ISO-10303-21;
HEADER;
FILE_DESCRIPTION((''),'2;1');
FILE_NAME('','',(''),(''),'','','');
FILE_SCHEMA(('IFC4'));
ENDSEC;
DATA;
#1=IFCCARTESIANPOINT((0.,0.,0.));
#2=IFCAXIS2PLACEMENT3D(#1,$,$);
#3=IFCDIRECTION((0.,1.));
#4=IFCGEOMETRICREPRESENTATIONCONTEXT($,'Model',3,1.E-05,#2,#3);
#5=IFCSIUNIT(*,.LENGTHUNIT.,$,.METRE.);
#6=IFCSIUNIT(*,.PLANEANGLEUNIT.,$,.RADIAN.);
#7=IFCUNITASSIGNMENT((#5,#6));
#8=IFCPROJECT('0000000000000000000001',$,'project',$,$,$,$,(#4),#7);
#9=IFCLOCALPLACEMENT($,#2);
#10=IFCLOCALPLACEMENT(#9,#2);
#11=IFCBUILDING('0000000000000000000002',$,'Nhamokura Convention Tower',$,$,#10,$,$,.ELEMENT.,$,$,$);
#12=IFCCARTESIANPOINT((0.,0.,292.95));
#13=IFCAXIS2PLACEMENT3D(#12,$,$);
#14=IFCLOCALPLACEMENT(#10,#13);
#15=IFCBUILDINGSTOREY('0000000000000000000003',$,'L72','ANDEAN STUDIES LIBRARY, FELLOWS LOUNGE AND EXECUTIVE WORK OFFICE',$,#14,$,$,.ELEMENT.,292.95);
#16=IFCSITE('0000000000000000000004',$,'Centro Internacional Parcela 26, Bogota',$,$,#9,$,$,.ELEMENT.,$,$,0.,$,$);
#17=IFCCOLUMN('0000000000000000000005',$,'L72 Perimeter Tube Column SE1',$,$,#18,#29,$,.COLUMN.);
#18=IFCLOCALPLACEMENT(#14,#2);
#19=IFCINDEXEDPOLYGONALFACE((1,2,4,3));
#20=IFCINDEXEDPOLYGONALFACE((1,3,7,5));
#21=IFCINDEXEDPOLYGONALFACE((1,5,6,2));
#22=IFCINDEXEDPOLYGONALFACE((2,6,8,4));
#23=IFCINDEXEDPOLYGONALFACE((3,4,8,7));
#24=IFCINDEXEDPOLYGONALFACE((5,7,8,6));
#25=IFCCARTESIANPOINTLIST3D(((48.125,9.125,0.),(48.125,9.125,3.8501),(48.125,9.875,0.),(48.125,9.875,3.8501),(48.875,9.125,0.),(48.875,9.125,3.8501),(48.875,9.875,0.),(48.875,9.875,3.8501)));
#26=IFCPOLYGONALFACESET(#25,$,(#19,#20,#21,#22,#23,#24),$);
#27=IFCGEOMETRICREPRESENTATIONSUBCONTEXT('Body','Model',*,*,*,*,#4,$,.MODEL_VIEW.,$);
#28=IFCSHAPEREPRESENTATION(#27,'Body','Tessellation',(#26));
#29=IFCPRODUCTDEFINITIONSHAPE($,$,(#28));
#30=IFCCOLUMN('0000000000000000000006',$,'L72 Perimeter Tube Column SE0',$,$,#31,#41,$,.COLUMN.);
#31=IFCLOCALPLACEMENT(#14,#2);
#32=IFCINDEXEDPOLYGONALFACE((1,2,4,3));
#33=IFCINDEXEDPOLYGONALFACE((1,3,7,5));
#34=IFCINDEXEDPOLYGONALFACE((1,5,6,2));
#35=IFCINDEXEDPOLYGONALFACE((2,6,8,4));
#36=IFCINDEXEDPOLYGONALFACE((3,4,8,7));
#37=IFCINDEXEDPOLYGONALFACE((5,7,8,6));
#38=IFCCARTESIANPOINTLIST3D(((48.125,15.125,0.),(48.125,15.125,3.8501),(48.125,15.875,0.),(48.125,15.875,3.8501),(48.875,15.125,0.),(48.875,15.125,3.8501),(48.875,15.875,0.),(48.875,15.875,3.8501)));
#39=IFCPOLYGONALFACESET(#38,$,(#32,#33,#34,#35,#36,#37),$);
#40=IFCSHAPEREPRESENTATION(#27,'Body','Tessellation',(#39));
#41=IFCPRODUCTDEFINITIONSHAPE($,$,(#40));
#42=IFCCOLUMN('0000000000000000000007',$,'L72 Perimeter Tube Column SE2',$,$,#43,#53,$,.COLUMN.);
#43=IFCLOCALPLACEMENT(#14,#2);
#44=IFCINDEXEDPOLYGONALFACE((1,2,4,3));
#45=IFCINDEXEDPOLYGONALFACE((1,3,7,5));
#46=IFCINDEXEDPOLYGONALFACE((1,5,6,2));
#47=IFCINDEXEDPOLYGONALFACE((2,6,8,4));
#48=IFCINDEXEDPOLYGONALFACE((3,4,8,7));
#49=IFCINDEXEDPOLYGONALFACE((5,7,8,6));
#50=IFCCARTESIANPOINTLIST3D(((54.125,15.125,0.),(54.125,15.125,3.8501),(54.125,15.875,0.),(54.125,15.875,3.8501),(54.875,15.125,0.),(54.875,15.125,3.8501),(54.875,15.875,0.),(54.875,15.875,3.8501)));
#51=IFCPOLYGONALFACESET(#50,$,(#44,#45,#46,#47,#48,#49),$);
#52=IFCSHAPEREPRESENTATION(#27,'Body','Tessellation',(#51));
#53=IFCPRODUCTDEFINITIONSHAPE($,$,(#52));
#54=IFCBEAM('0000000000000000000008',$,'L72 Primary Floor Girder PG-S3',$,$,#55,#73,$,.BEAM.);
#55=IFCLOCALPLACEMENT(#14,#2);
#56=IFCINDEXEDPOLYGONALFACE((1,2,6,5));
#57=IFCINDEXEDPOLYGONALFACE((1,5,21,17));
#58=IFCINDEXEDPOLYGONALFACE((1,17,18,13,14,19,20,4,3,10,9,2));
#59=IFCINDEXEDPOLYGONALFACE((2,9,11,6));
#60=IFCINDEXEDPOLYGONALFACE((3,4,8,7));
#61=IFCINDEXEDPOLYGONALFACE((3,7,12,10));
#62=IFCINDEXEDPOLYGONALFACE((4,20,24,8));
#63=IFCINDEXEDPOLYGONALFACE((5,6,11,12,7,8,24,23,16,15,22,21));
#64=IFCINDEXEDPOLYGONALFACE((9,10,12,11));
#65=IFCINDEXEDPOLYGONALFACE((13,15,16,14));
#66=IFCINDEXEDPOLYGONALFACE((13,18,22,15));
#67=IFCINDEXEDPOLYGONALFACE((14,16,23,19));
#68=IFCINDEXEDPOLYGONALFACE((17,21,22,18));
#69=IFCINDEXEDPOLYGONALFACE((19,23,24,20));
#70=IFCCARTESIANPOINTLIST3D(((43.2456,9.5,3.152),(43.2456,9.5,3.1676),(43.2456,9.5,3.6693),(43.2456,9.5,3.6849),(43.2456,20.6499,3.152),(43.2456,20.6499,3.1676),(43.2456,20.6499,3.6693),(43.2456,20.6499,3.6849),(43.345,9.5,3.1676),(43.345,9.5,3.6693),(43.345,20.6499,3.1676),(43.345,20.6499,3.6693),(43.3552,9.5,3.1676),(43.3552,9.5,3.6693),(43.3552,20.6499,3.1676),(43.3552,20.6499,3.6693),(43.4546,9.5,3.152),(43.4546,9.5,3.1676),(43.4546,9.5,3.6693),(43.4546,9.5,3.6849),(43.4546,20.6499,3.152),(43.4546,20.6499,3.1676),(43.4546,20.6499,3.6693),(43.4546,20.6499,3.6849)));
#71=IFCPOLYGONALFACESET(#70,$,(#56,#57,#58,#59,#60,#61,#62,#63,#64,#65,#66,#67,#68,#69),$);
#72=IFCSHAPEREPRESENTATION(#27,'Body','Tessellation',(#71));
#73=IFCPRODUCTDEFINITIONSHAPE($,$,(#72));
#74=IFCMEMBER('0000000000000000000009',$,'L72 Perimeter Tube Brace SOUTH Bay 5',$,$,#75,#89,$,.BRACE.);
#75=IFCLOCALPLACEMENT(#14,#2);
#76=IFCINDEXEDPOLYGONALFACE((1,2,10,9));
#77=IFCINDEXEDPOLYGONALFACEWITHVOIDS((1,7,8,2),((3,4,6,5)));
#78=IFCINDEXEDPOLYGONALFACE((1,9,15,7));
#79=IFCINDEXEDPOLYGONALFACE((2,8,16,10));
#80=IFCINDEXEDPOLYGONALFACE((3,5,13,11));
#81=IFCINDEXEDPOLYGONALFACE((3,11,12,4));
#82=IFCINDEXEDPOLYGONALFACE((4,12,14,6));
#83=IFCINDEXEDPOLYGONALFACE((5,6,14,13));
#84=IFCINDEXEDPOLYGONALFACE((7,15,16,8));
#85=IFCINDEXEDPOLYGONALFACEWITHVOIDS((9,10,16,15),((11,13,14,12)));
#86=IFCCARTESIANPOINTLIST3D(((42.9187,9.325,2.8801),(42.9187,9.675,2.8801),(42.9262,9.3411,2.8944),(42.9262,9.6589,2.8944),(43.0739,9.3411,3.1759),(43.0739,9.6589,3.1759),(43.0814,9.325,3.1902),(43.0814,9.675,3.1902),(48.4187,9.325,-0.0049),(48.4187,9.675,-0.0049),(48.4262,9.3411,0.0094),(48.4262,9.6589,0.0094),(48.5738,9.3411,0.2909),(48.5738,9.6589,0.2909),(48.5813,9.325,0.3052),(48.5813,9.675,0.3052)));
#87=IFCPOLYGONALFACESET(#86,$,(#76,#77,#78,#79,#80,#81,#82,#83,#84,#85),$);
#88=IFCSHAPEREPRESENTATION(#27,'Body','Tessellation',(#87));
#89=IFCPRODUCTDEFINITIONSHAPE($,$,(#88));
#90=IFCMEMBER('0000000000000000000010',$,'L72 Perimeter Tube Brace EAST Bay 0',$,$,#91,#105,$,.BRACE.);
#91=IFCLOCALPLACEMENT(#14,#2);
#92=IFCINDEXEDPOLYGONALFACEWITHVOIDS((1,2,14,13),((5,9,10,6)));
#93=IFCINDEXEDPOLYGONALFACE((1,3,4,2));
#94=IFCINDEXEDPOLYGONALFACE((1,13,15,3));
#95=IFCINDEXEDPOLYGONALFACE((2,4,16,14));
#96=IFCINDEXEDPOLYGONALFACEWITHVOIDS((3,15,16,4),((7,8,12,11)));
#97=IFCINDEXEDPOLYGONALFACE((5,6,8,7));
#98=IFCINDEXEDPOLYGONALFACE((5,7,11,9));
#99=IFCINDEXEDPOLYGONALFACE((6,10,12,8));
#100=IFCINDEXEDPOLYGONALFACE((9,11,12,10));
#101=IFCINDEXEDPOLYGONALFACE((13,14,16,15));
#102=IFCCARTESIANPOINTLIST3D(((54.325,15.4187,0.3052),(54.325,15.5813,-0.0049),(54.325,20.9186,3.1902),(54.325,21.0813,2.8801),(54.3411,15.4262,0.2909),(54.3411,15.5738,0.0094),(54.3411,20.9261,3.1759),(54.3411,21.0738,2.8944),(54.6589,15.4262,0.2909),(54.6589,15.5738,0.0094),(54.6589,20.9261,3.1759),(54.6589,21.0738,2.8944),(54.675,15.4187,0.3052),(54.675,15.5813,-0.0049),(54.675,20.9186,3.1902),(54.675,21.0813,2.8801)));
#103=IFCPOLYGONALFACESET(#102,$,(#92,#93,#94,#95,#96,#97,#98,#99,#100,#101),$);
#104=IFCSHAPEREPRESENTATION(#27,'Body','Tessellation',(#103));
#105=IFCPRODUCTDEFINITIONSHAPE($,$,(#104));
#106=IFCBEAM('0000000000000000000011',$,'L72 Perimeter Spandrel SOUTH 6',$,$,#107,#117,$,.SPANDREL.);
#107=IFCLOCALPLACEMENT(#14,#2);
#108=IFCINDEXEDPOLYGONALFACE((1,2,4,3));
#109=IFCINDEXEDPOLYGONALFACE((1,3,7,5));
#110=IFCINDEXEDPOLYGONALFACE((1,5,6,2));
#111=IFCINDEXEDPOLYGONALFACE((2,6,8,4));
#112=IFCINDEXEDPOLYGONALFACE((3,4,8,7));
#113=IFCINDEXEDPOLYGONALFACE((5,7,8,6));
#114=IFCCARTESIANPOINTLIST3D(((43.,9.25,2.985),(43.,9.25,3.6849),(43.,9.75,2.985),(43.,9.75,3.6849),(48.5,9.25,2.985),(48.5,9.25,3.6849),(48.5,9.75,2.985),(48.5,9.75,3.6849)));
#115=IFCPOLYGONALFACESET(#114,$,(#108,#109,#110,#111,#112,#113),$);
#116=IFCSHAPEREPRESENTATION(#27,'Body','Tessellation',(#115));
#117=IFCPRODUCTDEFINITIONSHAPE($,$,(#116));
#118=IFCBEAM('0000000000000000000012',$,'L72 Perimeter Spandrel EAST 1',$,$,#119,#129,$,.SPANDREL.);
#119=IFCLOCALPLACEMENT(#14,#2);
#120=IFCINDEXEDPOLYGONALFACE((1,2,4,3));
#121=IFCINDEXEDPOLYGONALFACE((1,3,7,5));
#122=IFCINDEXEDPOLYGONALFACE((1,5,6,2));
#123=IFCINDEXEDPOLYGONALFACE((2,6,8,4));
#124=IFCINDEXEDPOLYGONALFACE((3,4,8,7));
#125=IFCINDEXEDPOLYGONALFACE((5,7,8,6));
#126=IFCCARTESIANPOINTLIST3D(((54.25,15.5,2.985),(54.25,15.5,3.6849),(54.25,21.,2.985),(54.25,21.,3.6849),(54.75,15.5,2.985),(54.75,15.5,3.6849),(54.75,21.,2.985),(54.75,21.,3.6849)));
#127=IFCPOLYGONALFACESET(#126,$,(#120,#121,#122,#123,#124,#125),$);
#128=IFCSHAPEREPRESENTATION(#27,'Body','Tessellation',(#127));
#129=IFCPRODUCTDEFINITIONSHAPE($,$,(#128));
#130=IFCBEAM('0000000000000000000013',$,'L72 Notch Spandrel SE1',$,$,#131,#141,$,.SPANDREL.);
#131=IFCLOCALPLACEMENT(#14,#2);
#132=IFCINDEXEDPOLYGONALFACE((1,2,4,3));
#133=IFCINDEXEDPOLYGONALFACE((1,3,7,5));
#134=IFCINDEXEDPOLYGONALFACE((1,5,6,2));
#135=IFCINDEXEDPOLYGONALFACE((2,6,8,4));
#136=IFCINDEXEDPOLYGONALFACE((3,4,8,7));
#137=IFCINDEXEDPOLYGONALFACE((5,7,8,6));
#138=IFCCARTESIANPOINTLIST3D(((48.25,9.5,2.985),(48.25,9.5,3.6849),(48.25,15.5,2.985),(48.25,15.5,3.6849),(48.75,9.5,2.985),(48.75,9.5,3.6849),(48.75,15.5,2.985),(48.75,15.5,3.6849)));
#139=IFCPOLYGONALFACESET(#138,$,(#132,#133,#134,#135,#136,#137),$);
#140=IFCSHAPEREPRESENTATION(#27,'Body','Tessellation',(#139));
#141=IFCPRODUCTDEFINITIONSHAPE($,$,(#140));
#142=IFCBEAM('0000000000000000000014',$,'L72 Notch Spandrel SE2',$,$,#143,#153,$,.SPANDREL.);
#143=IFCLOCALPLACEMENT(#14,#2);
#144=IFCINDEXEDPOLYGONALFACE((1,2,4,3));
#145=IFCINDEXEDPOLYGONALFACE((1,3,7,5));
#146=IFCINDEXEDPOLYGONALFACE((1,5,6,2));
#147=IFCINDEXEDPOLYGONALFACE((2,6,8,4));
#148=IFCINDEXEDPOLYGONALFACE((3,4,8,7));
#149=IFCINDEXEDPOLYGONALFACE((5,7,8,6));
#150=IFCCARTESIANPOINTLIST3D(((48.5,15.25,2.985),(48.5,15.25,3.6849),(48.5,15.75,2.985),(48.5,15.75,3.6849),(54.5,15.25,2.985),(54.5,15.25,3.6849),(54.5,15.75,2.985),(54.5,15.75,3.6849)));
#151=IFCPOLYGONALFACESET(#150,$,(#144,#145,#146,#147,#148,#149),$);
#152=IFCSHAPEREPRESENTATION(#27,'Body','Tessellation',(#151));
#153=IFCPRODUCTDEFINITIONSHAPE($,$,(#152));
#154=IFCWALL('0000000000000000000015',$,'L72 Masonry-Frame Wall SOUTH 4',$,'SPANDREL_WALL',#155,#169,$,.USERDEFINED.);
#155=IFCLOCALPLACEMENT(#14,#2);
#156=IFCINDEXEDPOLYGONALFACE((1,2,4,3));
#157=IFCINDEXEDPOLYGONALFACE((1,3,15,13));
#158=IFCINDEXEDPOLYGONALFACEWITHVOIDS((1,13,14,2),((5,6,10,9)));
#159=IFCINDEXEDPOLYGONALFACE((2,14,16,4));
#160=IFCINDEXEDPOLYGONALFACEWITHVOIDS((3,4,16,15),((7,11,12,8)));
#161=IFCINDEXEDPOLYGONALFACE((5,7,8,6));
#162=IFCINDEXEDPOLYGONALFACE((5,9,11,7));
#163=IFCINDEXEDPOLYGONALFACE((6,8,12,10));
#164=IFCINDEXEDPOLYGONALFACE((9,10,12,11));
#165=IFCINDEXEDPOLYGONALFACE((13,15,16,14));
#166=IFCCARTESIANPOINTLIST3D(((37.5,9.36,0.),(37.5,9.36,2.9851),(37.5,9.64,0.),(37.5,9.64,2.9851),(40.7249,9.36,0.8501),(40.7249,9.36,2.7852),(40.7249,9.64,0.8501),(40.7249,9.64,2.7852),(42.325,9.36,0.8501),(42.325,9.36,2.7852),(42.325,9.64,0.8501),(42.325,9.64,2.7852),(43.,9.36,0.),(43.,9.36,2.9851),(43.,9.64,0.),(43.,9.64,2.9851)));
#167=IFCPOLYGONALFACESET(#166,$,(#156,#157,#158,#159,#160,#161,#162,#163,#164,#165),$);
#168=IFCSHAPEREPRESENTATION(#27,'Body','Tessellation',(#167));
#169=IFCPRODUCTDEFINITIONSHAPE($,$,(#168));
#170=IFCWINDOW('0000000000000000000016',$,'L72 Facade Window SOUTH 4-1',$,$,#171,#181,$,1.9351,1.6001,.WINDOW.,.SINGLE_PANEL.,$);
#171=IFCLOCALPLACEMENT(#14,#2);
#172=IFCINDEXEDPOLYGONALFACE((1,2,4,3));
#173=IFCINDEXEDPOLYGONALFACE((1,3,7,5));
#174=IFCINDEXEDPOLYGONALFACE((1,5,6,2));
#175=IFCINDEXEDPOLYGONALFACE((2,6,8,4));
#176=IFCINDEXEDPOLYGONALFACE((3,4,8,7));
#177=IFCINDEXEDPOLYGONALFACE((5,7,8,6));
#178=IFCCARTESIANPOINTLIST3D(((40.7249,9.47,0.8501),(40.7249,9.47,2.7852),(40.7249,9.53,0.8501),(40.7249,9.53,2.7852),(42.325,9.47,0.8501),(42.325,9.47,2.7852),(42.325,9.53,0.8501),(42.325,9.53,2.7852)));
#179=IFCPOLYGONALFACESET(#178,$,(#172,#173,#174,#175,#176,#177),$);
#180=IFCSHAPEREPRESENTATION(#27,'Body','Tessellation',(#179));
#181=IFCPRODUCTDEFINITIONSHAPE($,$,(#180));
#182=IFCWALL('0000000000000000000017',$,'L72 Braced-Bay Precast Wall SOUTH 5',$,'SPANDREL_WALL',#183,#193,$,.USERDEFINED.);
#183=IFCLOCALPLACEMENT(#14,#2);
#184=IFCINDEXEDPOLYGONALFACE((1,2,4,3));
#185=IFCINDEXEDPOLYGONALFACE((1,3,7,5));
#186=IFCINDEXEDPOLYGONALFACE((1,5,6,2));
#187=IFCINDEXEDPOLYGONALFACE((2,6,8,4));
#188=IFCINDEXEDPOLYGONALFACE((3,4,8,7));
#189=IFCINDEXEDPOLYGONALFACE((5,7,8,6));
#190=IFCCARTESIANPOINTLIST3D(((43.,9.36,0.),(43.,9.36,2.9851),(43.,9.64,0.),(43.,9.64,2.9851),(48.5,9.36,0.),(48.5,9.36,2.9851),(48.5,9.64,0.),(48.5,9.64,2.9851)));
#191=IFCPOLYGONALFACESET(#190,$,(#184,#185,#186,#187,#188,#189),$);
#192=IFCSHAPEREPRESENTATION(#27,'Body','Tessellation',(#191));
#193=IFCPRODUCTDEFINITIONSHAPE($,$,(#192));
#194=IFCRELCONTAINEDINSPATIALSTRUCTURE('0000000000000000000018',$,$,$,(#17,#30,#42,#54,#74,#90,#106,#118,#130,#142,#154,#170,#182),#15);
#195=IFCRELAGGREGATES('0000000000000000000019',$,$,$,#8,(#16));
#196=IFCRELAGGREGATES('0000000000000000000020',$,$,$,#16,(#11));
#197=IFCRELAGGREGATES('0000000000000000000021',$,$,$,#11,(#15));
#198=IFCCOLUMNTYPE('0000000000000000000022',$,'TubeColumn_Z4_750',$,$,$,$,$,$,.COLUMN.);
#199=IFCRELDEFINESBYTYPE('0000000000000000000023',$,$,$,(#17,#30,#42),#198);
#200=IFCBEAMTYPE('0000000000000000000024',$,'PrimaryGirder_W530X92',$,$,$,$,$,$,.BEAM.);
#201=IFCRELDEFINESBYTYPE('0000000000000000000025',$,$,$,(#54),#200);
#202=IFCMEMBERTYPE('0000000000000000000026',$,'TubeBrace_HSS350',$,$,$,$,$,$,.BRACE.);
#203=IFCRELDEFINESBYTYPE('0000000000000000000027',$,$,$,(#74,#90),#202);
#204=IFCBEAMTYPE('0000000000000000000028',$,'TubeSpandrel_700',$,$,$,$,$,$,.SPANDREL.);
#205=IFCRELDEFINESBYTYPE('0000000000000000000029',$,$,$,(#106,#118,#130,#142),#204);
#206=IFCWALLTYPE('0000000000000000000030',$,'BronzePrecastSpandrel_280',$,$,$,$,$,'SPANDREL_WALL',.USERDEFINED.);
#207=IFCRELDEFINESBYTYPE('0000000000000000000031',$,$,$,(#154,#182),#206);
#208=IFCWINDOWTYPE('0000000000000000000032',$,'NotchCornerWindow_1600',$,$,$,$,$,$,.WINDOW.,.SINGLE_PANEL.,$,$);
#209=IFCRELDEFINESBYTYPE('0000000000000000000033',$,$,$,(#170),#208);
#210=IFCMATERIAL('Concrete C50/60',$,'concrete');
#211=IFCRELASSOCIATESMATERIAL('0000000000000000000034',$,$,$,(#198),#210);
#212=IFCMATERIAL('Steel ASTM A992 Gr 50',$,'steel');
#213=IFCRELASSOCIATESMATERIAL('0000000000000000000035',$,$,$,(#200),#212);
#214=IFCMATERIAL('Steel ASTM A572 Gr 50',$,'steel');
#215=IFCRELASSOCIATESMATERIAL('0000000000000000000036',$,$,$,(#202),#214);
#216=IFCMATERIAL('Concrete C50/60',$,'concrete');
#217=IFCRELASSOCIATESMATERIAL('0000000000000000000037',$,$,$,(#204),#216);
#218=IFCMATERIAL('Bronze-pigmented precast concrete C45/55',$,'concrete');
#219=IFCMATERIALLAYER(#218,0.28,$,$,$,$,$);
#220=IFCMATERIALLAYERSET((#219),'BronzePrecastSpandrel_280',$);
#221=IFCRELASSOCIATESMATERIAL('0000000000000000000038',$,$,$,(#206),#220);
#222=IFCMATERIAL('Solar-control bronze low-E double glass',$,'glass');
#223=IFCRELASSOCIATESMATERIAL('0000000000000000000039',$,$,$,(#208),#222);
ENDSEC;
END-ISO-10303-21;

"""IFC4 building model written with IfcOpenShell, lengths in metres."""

from ifc_helpers import new_model, si_unit, direction, frame, frame_2d, origin, origin_2d, place, context, subcontext, project, spatial, rectangle, hollow_rectangle, i_section, extrude, material, layer, layer_set, material_profile, profile_set, type_object, element, fill, save


model = new_model("IFC4")

# Units and contexts
model_context = context("Model", 3, precision=1e-05, world=origin(), true_north=direction((0.0, 1.0)))
body_context = subcontext(model_context, "Body", "Model", "MODEL_VIEW")
ifc_project = project(units=[si_unit("LENGTHUNIT", "METRE"), si_unit("PLANEANGLEUNIT", "RADIAN")], contexts=[model_context])

# Site, building, storey
site_placement = place(None, origin())
site = spatial("IfcSite", under=ifc_project, at=site_placement, Name="Centro Internacional Parcela 26, Bogota", CompositionType="ELEMENT", RefElevation=0.0)
building_placement = place(site_placement, origin())
building = spatial("IfcBuilding", under=site, at=building_placement, Name="Nhamokura Convention Tower", CompositionType="ELEMENT")
storey_placement = place(building_placement, frame((0.0, 0.0, 292.95)))
storey = spatial("IfcBuildingStorey", under=building, at=storey_placement, Name="L72", Description="ANDEAN STUDIES LIBRARY, FELLOWS LOUNGE AND EXECUTIVE WORK OFFICE", CompositionType="ELEMENT", Elevation=292.95)

# Columns
ifc_material_1 = material(Name="Concrete C50/60", Category="concrete")
ifc_material_profile_1 = material_profile(ifc_material_1, rectangle(XDim=0.75, YDim=0.75, at=origin_2d()))
ifc_profile_set_1 = profile_set([ifc_material_profile_1], Name="Concrete C50/60")
column_type = type_object("IfcColumnType", Name="TubeColumn_Z4_750", PredefinedType="COLUMN", material=ifc_profile_set_1)
for number, where, z_axis, x_axis, name in (
    (1, (48.5, 9.5, 0.0), (0.0, 0.0, 1.0), (1.0, 0.0, 0.0), "L72 Perimeter Tube Column SE1"),
    (2, (48.5, 15.5, 0.0), (0.0, 0.0, 1.0), (1.0, 0.0, 0.0), "L72 Perimeter Tube Column SE0"),
    (3, (54.5, 15.5, 0.0), (0.0, 0.0, 1.0), (1.0, 0.0, 0.0), "L72 Perimeter Tube Column SE2"),
):
    element("IfcColumn", number, at=place(storey_placement, frame(where, z_axis=z_axis, x_axis=x_axis)), inside=storey, type_object=column_type, Name=name, PredefinedType="COLUMN", context=body_context, shape_type="SweptSolid", body=[
        extrude(rectangle(XDim=0.75, YDim=0.75, at=origin_2d()), origin(), (0.0, 0.0, 1.0), 3.8501),
    ])

# Beam
ifc_material_2 = material(Name="Steel ASTM A992 Gr 50", Category="steel")
ifc_material_profile_2 = material_profile(ifc_material_2, i_section(OverallWidth=0.209, OverallDepth=0.533, WebThickness=0.0103, FlangeThickness=0.0156, at=origin_2d()))
ifc_profile_set_2 = profile_set([ifc_material_profile_2], Name="Steel ASTM A992 Gr 50")
beam_type_1 = type_object("IfcBeamType", Name="PrimaryGirder_W530X92", PredefinedType="BEAM", material=ifc_profile_set_2)
beam_placement = place(storey_placement, frame((43.3501, 9.5, 3.4185), z_axis=(0.0, 1.0, 0.0), x_axis=(-1.0, 0.0, 0.0)))
element("IfcBeam", 4, at=beam_placement, inside=storey, type_object=beam_type_1, Name="L72 Primary Floor Girder PG-S3", PredefinedType="BEAM", context=body_context, shape_type="SweptSolid", body=[
    extrude(i_section(OverallWidth=0.209, OverallDepth=0.533, WebThickness=0.0103, FlangeThickness=0.0156, at=origin_2d()), origin(), (0.0, 0.0, 1.0), 11.1499),
])

# Members
ifc_material_3 = material(Name="Steel ASTM A572 Gr 50", Category="steel")
ifc_material_profile_3 = material_profile(ifc_material_3, hollow_rectangle(XDim=0.3501, YDim=0.3501, WallThickness=0.0161, at=origin_2d()))
ifc_profile_set_3 = profile_set([ifc_material_profile_3], Name="Steel ASTM A572 Gr 50")
member_type = type_object("IfcMemberType", Name="TubeBrace_HSS350", PredefinedType="BRACE", material=ifc_profile_set_3)
for number, where, z_axis, x_axis, name in (
    (5, (48.5, 9.5, 0.1501), (-0.885563, 0.0, 0.46452), (0.0, -1.0, 0.0), "L72 Perimeter Tube Brace SOUTH Bay 5"),
    (6, (54.5, 15.5, 0.1501), (0.0, 0.885563, 0.46452), (-1.0, 0.0, 0.0), "L72 Perimeter Tube Brace EAST Bay 0"),
):
    element("IfcMember", number, at=place(storey_placement, frame(where, z_axis=z_axis, x_axis=x_axis)), inside=storey, type_object=member_type, Name=name, PredefinedType="BRACE", context=body_context, shape_type="SweptSolid", body=[
        extrude(hollow_rectangle(XDim=0.3501, YDim=0.3501, WallThickness=0.0161, at=origin_2d()), origin(), (0.0, 0.0, 1.0), 6.2107),
    ])

# Beams
ifc_material_4 = material(Name="Concrete C50/60", Category="concrete")
ifc_material_profile_4 = material_profile(ifc_material_4, rectangle(XDim=0.5, YDim=0.7, at=origin_2d()))
ifc_profile_set_4 = profile_set([ifc_material_profile_4], Name="Concrete C50/60")
beam_type_2 = type_object("IfcBeamType", Name="TubeSpandrel_700", PredefinedType="SPANDREL", material=ifc_profile_set_4)
for number, where, z_axis, x_axis, name in (
    (7, (43.0, 9.5, 3.335), (1.0, 0.0, 0.0), (0.0, 1.0, 0.0), "L72 Perimeter Spandrel SOUTH 6"),
    (8, (54.5, 15.5, 3.335), (0.0, 1.0, 0.0), (-1.0, 0.0, 0.0), "L72 Perimeter Spandrel EAST 1"),
):
    element("IfcBeam", number, at=place(storey_placement, frame(where, z_axis=z_axis, x_axis=x_axis)), inside=storey, type_object=beam_type_2, Name=name, PredefinedType="SPANDREL", context=body_context, shape_type="SweptSolid", body=[
        extrude(rectangle(XDim=0.5, YDim=0.7, at=origin_2d()), origin(), (0.0, 0.0, 1.0), 5.5),
    ])
for number, where, z_axis, x_axis, name in (
    (9, (48.5, 9.5, 3.335), (0.0, 1.0, 0.0), (-1.0, 0.0, 0.0), "L72 Notch Spandrel SE1"),
    (10, (48.5, 15.5, 3.335), (1.0, 0.0, 0.0), (0.0, 1.0, 0.0), "L72 Notch Spandrel SE2"),
):
    element("IfcBeam", number, at=place(storey_placement, frame(where, z_axis=z_axis, x_axis=x_axis)), inside=storey, type_object=beam_type_2, Name=name, PredefinedType="SPANDREL", context=body_context, shape_type="SweptSolid", body=[
        extrude(rectangle(XDim=0.5, YDim=0.7, at=origin_2d()), origin(), (0.0, 0.0, 1.0), 6.0),
    ])

# Wall, opening, window
ifc_material_5 = material(Name="Bronze-pigmented precast concrete C45/55", Category="concrete")
ifc_layer_1 = layer(ifc_material_5, 0.28)
ifc_layer_set_1 = layer_set([ifc_layer_1], Name="BronzePrecastSpandrel_280")
wall_type_1 = type_object("IfcWallType", Name="BronzePrecastSpandrel_280", ElementType="SPANDREL_WALL", PredefinedType="USERDEFINED", material=ifc_layer_set_1)
wall_1_placement = place(storey_placement, frame((43.0, 9.5, 0.0), z_axis=(0.0, 0.0, 1.0), x_axis=(-1.0, 0.0, 0.0)))
wall_1 = element("IfcWall", 11, at=wall_1_placement, inside=storey, type_object=wall_type_1, Name="L72 Masonry-Frame Wall SOUTH 4", ObjectType="SPANDREL_WALL", PredefinedType="USERDEFINED", context=body_context, shape_type="SweptSolid", body=[
    extrude(rectangle(XDim=5.5, YDim=0.28, at=frame_2d((2.75, 0.0))), origin(), (0.0, 0.0, 1.0), 2.9851),
])
opening_1_placement = place(wall_1_placement, frame((0.675, 0.0, 0.8501)))
opening_1 = element("IfcOpeningElement", 12, at=opening_1_placement, cuts=wall_1, PredefinedType="OPENING", context=body_context, shape_type="SweptSolid", body=[
    extrude(rectangle(XDim=1.6001, YDim=1.9351, at=frame_2d((0.8, 0.9675))), frame((0.0, 0.1499, 0.0), z_axis=(0.0, -1.0, 0.0), x_axis=(1.0, 0.0, 0.0)), (0.0, 0.0, 1.0), 0.3),
])
ifc_material_6 = material(Name="Solar-control bronze low-E double glass", Category="glass")
window_type = type_object("IfcWindowType", Name="NotchCornerWindow_1600", PartitioningType="SINGLE_PANEL", PredefinedType="WINDOW", material=ifc_material_6)
window_placement = place(opening_1_placement, origin())
window = element("IfcWindow", 13, at=window_placement, inside=storey, type_object=window_type, Name="L72 Facade Window SOUTH 4-1", OverallHeight=1.9351, OverallWidth=1.6001, PartitioningType="SINGLE_PANEL", PredefinedType="WINDOW", context=body_context, shape_type="SweptSolid", body=[
    extrude(rectangle(XDim=1.6001, YDim=1.9351, at=frame_2d((0.8, 0.9675))), frame((0.0, 0.03, 0.0), z_axis=(0.0, -1.0, 0.0), x_axis=(1.0, 0.0, 0.0)), (0.0, 0.0, 1.0), 0.0601),
])
fill(opening_1, window)

# Wall
wall_2_placement = place(storey_placement, frame((48.5, 9.5, 0.0), z_axis=(0.0, 0.0, 1.0), x_axis=(-1.0, 0.0, 0.0)))
element("IfcWall", 14, at=wall_2_placement, inside=storey, type_object=wall_type_1, Name="L72 Braced-Bay Precast Wall SOUTH 5", ObjectType="SPANDREL_WALL", PredefinedType="USERDEFINED", context=body_context, shape_type="SweptSolid", body=[
    extrude(rectangle(XDim=5.5, YDim=0.28, at=frame_2d((2.75, 0.0))), origin(), (0.0, 0.0, 1.0), 2.9851),
])

save(model, "model.ifc")
